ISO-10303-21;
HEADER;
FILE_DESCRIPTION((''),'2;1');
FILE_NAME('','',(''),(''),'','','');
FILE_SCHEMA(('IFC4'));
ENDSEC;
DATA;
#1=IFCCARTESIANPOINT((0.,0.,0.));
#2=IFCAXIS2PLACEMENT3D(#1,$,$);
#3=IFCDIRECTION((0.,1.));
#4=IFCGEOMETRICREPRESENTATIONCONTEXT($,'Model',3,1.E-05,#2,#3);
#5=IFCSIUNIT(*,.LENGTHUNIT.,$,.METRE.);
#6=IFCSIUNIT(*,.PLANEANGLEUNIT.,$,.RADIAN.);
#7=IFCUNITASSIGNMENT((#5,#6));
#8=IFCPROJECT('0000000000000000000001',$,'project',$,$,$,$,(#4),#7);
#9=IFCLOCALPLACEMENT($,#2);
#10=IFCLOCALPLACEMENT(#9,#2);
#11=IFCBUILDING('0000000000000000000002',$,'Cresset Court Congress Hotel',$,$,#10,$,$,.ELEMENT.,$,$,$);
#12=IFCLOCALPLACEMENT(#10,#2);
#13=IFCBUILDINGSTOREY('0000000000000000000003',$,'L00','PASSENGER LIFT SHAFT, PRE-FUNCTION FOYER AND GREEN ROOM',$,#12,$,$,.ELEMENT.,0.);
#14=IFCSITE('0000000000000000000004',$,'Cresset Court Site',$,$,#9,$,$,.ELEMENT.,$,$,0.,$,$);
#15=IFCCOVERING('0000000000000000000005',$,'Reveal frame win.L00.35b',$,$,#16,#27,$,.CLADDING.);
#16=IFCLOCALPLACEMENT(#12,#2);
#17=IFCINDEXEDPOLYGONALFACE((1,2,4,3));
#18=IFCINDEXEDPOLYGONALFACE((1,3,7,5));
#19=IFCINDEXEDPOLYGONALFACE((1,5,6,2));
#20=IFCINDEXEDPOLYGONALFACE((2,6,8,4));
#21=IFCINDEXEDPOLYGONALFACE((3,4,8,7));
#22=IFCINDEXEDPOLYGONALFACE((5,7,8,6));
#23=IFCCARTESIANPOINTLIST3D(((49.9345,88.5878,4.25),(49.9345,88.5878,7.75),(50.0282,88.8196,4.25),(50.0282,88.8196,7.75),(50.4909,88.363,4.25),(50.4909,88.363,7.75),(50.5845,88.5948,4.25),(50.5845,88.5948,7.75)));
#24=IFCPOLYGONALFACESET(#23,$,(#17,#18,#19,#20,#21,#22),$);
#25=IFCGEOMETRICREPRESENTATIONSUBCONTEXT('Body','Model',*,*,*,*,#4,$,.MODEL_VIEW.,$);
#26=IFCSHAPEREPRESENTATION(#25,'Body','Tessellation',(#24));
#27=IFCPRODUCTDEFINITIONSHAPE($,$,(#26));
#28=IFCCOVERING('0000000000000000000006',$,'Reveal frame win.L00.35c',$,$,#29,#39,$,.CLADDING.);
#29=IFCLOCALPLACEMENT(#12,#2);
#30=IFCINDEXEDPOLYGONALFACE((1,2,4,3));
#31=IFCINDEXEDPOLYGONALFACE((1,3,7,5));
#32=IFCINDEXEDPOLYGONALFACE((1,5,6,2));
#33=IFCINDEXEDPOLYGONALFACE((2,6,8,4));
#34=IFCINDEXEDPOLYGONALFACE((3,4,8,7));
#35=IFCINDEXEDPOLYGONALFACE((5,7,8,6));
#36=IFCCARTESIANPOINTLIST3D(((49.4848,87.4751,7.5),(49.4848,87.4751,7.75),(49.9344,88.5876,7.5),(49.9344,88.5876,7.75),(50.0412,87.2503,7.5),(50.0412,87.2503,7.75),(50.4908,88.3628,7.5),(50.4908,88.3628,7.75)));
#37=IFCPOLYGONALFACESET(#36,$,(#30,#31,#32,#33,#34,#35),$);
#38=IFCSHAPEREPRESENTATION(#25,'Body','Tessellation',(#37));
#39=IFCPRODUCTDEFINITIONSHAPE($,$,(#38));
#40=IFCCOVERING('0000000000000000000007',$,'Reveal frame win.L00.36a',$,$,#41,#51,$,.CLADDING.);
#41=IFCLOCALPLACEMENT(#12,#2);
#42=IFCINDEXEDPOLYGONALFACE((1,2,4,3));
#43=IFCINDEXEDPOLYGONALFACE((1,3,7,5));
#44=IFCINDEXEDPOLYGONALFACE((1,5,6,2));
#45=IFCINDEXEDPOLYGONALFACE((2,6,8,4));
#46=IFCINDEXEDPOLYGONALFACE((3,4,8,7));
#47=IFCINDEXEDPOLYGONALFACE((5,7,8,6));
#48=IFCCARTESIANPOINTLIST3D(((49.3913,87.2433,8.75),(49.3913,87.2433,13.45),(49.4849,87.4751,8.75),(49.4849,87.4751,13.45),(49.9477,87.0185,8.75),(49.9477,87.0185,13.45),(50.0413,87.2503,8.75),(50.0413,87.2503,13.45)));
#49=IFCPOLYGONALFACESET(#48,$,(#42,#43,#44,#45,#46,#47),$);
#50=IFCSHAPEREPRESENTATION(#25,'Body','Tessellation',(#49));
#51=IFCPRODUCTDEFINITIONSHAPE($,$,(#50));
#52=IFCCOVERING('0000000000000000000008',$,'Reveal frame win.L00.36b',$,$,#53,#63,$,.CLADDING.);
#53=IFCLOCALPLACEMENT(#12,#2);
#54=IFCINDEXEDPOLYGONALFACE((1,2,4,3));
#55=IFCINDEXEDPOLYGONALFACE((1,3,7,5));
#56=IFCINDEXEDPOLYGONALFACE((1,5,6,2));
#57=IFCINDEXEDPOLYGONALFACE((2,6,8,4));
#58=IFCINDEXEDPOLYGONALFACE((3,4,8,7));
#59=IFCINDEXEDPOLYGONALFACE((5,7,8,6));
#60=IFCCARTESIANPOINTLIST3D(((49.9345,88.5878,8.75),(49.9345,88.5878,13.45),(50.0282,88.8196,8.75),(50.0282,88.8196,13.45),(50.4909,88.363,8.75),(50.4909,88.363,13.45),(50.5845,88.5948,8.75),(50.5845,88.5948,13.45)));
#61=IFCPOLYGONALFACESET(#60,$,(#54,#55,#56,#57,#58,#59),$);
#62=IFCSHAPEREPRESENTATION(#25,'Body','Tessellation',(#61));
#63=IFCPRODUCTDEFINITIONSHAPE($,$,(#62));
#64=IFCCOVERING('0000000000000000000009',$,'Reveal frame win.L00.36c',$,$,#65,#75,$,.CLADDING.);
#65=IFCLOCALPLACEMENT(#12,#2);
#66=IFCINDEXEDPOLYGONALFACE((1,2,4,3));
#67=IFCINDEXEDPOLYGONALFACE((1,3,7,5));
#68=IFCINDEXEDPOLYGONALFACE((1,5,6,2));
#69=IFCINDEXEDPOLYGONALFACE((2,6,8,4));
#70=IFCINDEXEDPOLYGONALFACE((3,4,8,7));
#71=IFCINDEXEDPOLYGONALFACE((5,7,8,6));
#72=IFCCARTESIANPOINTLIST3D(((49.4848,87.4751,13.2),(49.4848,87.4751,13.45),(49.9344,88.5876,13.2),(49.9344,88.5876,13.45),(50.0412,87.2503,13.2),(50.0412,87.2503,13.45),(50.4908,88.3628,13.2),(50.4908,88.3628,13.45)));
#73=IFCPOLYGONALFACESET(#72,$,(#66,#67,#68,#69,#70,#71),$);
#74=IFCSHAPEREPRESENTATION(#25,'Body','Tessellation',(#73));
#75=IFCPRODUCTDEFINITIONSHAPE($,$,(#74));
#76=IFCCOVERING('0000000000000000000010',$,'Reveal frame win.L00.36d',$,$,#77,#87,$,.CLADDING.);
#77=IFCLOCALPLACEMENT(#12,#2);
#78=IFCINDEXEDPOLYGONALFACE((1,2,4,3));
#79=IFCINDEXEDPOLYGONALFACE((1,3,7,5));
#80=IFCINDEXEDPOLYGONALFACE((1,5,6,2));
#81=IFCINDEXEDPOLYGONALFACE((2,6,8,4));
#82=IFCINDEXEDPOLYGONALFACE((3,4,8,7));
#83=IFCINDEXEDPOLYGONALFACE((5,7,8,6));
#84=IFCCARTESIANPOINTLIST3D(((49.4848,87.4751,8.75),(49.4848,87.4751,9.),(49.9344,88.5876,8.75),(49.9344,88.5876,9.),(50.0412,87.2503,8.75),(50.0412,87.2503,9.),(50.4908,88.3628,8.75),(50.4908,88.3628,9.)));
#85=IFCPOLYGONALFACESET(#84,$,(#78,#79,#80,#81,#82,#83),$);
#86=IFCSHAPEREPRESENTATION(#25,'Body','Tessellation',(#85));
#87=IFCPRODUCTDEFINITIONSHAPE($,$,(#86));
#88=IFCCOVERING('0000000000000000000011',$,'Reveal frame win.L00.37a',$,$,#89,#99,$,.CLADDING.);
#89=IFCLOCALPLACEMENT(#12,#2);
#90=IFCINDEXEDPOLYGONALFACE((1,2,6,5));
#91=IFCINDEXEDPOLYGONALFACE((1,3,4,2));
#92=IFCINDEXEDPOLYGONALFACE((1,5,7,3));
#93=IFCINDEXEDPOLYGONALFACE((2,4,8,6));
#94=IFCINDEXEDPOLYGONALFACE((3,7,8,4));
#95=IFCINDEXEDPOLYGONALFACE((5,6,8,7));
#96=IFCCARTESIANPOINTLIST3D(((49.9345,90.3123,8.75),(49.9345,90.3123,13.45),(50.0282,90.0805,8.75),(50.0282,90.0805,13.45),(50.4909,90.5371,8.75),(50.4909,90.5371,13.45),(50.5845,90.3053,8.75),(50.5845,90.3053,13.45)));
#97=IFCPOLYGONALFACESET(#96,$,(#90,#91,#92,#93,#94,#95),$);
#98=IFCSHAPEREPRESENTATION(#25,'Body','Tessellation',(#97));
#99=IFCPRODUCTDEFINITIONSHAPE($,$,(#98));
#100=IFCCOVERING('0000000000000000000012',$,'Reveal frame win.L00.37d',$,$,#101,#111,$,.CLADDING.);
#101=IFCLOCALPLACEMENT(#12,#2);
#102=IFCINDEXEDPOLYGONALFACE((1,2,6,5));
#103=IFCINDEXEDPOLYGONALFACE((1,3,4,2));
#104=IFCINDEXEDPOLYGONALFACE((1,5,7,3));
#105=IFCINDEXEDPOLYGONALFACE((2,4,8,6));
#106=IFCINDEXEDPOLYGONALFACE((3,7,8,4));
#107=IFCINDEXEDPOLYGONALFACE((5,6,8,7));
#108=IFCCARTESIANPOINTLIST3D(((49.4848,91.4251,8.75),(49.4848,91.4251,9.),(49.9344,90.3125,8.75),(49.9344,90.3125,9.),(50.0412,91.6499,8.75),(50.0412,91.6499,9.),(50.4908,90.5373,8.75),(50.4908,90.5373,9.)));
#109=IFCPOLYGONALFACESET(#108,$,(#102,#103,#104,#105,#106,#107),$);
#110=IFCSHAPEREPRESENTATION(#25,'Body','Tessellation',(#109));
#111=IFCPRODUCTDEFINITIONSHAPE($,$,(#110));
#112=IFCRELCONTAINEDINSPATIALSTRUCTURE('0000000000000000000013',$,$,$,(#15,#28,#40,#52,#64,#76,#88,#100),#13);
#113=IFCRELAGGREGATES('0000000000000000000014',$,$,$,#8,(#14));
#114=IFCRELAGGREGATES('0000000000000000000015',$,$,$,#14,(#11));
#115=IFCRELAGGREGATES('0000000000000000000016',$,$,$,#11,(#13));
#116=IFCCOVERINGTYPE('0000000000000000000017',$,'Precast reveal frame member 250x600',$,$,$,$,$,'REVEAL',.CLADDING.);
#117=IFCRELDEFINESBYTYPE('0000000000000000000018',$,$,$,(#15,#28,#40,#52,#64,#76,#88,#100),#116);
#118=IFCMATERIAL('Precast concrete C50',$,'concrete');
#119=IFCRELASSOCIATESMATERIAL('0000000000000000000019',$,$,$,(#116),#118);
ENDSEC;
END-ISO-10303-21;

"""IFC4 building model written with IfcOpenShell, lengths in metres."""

from ifc_helpers import new_model, si_unit, direction, frame, origin, origin_2d, place, context, subcontext, project, spatial, rectangle, extrude, material, type_object, element, save


model = new_model("IFC4")

# Units and contexts
model_context = context("Model", 3, precision=1e-05, world=origin(), true_north=direction((0.0, 1.0)))
body_context = subcontext(model_context, "Body", "Model", "MODEL_VIEW")
ifc_project = project(units=[si_unit("LENGTHUNIT", "METRE"), si_unit("PLANEANGLEUNIT", "RADIAN")], contexts=[model_context])

# Site, building, storey
site_placement = place(None, origin())
site = spatial("IfcSite", under=ifc_project, at=site_placement, Name="Cresset Court Site", CompositionType="ELEMENT", RefElevation=0.0)
building_placement = place(site_placement, origin())
building = spatial("IfcBuilding", under=site, at=building_placement, Name="Cresset Court Congress Hotel", CompositionType="ELEMENT")
storey_placement = place(building_placement, origin())
storey = spatial("IfcBuildingStorey", under=building, at=storey_placement, Name="L00", Description="PASSENGER LIFT SHAFT, PRE-FUNCTION FOYER AND GREEN ROOM", CompositionType="ELEMENT", Elevation=0.0)

# Coverings
ifc_material = material(Name="Precast concrete C50", Category="concrete")
covering_type = type_object("IfcCoveringType", Name="Precast reveal frame member 250x600", ElementType="REVEAL", PredefinedType="CLADDING", material=ifc_material)
covering_1_placement = place(storey_placement, frame((50.2595, 88.5913, 4.25), z_axis=(0.0, 0.0, 1.0), x_axis=(0.374623, 0.927177, 0.0)))
element("IfcCovering", 1, at=covering_1_placement, inside=storey, type_object=covering_type, Name="Reveal frame win.L00.35b", PredefinedType="CLADDING", context=body_context, shape_type="SweptSolid", body=[
    extrude(rectangle(XDim=0.25, YDim=0.6001, at=origin_2d()), origin(), (0.0, 0.0, 1.0), 3.5),
])
covering_2_placement = place(storey_placement, frame((49.9878, 87.9189, 7.5), z_axis=(0.0, 0.0, 1.0), x_axis=(0.374623, 0.927177, 0.0)))
element("IfcCovering", 2, at=covering_2_placement, inside=storey, type_object=covering_type, Name="Reveal frame win.L00.35c", PredefinedType="CLADDING", context=body_context, shape_type="SweptSolid", body=[
    extrude(rectangle(XDim=1.2, YDim=0.6001, at=origin_2d()), origin(), (0.0, 0.0, 1.0), 0.25),
])
for number, where, z_axis, x_axis, name in (
    (3, (49.7163, 87.2468, 8.75), (0.0, 0.0, 1.0), (0.374623, 0.927177, 0.0), "Reveal frame win.L00.36a"),
    (4, (50.2595, 88.5913, 8.75), (0.0, 0.0, 1.0), (0.374623, 0.927177, 0.0), "Reveal frame win.L00.36b"),
):
    element("IfcCovering", number, at=place(storey_placement, frame(where, z_axis=z_axis, x_axis=x_axis)), inside=storey, type_object=covering_type, Name=name, PredefinedType="CLADDING", context=body_context, shape_type="SweptSolid", body=[
        extrude(rectangle(XDim=0.25, YDim=0.6001, at=origin_2d()), origin(), (0.0, 0.0, 1.0), 4.7),
    ])
for number, where, z_axis, x_axis, name in (
    (5, (49.9878, 87.9189, 13.2), (0.0, 0.0, 1.0), (0.374623, 0.927177, 0.0), "Reveal frame win.L00.36c"),
    (6, (49.9878, 87.9189, 8.75), (0.0, 0.0, 1.0), (0.374623, 0.927177, 0.0), "Reveal frame win.L00.36d"),
):
    element("IfcCovering", number, at=place(storey_placement, frame(where, z_axis=z_axis, x_axis=x_axis)), inside=storey, type_object=covering_type, Name=name, PredefinedType="CLADDING", context=body_context, shape_type="SweptSolid", body=[
        extrude(rectangle(XDim=1.2, YDim=0.6001, at=origin_2d()), origin(), (0.0, 0.0, 1.0), 0.25),
    ])
covering_3_placement = place(storey_placement, frame((50.2595, 90.3088, 8.75), z_axis=(0.0, 0.0, 1.0), x_axis=(-0.374623, 0.927177, 0.0)))
element("IfcCovering", 7, at=covering_3_placement, inside=storey, type_object=covering_type, Name="Reveal frame win.L00.37a", PredefinedType="CLADDING", context=body_context, shape_type="SweptSolid", body=[
    extrude(rectangle(XDim=0.25, YDim=0.6001, at=origin_2d()), origin(), (0.0, 0.0, 1.0), 4.7),
])
covering_4_placement = place(storey_placement, frame((49.9878, 90.9812, 8.75), z_axis=(0.0, 0.0, 1.0), x_axis=(-0.374623, 0.927177, 0.0)))
element("IfcCovering", 8, at=covering_4_placement, inside=storey, type_object=covering_type, Name="Reveal frame win.L00.37d", PredefinedType="CLADDING", context=body_context, shape_type="SweptSolid", body=[
    extrude(rectangle(XDim=1.2, YDim=0.6001, at=origin_2d()), origin(), (0.0, 0.0, 1.0), 0.25),
])

save(model, "model.ifc")
